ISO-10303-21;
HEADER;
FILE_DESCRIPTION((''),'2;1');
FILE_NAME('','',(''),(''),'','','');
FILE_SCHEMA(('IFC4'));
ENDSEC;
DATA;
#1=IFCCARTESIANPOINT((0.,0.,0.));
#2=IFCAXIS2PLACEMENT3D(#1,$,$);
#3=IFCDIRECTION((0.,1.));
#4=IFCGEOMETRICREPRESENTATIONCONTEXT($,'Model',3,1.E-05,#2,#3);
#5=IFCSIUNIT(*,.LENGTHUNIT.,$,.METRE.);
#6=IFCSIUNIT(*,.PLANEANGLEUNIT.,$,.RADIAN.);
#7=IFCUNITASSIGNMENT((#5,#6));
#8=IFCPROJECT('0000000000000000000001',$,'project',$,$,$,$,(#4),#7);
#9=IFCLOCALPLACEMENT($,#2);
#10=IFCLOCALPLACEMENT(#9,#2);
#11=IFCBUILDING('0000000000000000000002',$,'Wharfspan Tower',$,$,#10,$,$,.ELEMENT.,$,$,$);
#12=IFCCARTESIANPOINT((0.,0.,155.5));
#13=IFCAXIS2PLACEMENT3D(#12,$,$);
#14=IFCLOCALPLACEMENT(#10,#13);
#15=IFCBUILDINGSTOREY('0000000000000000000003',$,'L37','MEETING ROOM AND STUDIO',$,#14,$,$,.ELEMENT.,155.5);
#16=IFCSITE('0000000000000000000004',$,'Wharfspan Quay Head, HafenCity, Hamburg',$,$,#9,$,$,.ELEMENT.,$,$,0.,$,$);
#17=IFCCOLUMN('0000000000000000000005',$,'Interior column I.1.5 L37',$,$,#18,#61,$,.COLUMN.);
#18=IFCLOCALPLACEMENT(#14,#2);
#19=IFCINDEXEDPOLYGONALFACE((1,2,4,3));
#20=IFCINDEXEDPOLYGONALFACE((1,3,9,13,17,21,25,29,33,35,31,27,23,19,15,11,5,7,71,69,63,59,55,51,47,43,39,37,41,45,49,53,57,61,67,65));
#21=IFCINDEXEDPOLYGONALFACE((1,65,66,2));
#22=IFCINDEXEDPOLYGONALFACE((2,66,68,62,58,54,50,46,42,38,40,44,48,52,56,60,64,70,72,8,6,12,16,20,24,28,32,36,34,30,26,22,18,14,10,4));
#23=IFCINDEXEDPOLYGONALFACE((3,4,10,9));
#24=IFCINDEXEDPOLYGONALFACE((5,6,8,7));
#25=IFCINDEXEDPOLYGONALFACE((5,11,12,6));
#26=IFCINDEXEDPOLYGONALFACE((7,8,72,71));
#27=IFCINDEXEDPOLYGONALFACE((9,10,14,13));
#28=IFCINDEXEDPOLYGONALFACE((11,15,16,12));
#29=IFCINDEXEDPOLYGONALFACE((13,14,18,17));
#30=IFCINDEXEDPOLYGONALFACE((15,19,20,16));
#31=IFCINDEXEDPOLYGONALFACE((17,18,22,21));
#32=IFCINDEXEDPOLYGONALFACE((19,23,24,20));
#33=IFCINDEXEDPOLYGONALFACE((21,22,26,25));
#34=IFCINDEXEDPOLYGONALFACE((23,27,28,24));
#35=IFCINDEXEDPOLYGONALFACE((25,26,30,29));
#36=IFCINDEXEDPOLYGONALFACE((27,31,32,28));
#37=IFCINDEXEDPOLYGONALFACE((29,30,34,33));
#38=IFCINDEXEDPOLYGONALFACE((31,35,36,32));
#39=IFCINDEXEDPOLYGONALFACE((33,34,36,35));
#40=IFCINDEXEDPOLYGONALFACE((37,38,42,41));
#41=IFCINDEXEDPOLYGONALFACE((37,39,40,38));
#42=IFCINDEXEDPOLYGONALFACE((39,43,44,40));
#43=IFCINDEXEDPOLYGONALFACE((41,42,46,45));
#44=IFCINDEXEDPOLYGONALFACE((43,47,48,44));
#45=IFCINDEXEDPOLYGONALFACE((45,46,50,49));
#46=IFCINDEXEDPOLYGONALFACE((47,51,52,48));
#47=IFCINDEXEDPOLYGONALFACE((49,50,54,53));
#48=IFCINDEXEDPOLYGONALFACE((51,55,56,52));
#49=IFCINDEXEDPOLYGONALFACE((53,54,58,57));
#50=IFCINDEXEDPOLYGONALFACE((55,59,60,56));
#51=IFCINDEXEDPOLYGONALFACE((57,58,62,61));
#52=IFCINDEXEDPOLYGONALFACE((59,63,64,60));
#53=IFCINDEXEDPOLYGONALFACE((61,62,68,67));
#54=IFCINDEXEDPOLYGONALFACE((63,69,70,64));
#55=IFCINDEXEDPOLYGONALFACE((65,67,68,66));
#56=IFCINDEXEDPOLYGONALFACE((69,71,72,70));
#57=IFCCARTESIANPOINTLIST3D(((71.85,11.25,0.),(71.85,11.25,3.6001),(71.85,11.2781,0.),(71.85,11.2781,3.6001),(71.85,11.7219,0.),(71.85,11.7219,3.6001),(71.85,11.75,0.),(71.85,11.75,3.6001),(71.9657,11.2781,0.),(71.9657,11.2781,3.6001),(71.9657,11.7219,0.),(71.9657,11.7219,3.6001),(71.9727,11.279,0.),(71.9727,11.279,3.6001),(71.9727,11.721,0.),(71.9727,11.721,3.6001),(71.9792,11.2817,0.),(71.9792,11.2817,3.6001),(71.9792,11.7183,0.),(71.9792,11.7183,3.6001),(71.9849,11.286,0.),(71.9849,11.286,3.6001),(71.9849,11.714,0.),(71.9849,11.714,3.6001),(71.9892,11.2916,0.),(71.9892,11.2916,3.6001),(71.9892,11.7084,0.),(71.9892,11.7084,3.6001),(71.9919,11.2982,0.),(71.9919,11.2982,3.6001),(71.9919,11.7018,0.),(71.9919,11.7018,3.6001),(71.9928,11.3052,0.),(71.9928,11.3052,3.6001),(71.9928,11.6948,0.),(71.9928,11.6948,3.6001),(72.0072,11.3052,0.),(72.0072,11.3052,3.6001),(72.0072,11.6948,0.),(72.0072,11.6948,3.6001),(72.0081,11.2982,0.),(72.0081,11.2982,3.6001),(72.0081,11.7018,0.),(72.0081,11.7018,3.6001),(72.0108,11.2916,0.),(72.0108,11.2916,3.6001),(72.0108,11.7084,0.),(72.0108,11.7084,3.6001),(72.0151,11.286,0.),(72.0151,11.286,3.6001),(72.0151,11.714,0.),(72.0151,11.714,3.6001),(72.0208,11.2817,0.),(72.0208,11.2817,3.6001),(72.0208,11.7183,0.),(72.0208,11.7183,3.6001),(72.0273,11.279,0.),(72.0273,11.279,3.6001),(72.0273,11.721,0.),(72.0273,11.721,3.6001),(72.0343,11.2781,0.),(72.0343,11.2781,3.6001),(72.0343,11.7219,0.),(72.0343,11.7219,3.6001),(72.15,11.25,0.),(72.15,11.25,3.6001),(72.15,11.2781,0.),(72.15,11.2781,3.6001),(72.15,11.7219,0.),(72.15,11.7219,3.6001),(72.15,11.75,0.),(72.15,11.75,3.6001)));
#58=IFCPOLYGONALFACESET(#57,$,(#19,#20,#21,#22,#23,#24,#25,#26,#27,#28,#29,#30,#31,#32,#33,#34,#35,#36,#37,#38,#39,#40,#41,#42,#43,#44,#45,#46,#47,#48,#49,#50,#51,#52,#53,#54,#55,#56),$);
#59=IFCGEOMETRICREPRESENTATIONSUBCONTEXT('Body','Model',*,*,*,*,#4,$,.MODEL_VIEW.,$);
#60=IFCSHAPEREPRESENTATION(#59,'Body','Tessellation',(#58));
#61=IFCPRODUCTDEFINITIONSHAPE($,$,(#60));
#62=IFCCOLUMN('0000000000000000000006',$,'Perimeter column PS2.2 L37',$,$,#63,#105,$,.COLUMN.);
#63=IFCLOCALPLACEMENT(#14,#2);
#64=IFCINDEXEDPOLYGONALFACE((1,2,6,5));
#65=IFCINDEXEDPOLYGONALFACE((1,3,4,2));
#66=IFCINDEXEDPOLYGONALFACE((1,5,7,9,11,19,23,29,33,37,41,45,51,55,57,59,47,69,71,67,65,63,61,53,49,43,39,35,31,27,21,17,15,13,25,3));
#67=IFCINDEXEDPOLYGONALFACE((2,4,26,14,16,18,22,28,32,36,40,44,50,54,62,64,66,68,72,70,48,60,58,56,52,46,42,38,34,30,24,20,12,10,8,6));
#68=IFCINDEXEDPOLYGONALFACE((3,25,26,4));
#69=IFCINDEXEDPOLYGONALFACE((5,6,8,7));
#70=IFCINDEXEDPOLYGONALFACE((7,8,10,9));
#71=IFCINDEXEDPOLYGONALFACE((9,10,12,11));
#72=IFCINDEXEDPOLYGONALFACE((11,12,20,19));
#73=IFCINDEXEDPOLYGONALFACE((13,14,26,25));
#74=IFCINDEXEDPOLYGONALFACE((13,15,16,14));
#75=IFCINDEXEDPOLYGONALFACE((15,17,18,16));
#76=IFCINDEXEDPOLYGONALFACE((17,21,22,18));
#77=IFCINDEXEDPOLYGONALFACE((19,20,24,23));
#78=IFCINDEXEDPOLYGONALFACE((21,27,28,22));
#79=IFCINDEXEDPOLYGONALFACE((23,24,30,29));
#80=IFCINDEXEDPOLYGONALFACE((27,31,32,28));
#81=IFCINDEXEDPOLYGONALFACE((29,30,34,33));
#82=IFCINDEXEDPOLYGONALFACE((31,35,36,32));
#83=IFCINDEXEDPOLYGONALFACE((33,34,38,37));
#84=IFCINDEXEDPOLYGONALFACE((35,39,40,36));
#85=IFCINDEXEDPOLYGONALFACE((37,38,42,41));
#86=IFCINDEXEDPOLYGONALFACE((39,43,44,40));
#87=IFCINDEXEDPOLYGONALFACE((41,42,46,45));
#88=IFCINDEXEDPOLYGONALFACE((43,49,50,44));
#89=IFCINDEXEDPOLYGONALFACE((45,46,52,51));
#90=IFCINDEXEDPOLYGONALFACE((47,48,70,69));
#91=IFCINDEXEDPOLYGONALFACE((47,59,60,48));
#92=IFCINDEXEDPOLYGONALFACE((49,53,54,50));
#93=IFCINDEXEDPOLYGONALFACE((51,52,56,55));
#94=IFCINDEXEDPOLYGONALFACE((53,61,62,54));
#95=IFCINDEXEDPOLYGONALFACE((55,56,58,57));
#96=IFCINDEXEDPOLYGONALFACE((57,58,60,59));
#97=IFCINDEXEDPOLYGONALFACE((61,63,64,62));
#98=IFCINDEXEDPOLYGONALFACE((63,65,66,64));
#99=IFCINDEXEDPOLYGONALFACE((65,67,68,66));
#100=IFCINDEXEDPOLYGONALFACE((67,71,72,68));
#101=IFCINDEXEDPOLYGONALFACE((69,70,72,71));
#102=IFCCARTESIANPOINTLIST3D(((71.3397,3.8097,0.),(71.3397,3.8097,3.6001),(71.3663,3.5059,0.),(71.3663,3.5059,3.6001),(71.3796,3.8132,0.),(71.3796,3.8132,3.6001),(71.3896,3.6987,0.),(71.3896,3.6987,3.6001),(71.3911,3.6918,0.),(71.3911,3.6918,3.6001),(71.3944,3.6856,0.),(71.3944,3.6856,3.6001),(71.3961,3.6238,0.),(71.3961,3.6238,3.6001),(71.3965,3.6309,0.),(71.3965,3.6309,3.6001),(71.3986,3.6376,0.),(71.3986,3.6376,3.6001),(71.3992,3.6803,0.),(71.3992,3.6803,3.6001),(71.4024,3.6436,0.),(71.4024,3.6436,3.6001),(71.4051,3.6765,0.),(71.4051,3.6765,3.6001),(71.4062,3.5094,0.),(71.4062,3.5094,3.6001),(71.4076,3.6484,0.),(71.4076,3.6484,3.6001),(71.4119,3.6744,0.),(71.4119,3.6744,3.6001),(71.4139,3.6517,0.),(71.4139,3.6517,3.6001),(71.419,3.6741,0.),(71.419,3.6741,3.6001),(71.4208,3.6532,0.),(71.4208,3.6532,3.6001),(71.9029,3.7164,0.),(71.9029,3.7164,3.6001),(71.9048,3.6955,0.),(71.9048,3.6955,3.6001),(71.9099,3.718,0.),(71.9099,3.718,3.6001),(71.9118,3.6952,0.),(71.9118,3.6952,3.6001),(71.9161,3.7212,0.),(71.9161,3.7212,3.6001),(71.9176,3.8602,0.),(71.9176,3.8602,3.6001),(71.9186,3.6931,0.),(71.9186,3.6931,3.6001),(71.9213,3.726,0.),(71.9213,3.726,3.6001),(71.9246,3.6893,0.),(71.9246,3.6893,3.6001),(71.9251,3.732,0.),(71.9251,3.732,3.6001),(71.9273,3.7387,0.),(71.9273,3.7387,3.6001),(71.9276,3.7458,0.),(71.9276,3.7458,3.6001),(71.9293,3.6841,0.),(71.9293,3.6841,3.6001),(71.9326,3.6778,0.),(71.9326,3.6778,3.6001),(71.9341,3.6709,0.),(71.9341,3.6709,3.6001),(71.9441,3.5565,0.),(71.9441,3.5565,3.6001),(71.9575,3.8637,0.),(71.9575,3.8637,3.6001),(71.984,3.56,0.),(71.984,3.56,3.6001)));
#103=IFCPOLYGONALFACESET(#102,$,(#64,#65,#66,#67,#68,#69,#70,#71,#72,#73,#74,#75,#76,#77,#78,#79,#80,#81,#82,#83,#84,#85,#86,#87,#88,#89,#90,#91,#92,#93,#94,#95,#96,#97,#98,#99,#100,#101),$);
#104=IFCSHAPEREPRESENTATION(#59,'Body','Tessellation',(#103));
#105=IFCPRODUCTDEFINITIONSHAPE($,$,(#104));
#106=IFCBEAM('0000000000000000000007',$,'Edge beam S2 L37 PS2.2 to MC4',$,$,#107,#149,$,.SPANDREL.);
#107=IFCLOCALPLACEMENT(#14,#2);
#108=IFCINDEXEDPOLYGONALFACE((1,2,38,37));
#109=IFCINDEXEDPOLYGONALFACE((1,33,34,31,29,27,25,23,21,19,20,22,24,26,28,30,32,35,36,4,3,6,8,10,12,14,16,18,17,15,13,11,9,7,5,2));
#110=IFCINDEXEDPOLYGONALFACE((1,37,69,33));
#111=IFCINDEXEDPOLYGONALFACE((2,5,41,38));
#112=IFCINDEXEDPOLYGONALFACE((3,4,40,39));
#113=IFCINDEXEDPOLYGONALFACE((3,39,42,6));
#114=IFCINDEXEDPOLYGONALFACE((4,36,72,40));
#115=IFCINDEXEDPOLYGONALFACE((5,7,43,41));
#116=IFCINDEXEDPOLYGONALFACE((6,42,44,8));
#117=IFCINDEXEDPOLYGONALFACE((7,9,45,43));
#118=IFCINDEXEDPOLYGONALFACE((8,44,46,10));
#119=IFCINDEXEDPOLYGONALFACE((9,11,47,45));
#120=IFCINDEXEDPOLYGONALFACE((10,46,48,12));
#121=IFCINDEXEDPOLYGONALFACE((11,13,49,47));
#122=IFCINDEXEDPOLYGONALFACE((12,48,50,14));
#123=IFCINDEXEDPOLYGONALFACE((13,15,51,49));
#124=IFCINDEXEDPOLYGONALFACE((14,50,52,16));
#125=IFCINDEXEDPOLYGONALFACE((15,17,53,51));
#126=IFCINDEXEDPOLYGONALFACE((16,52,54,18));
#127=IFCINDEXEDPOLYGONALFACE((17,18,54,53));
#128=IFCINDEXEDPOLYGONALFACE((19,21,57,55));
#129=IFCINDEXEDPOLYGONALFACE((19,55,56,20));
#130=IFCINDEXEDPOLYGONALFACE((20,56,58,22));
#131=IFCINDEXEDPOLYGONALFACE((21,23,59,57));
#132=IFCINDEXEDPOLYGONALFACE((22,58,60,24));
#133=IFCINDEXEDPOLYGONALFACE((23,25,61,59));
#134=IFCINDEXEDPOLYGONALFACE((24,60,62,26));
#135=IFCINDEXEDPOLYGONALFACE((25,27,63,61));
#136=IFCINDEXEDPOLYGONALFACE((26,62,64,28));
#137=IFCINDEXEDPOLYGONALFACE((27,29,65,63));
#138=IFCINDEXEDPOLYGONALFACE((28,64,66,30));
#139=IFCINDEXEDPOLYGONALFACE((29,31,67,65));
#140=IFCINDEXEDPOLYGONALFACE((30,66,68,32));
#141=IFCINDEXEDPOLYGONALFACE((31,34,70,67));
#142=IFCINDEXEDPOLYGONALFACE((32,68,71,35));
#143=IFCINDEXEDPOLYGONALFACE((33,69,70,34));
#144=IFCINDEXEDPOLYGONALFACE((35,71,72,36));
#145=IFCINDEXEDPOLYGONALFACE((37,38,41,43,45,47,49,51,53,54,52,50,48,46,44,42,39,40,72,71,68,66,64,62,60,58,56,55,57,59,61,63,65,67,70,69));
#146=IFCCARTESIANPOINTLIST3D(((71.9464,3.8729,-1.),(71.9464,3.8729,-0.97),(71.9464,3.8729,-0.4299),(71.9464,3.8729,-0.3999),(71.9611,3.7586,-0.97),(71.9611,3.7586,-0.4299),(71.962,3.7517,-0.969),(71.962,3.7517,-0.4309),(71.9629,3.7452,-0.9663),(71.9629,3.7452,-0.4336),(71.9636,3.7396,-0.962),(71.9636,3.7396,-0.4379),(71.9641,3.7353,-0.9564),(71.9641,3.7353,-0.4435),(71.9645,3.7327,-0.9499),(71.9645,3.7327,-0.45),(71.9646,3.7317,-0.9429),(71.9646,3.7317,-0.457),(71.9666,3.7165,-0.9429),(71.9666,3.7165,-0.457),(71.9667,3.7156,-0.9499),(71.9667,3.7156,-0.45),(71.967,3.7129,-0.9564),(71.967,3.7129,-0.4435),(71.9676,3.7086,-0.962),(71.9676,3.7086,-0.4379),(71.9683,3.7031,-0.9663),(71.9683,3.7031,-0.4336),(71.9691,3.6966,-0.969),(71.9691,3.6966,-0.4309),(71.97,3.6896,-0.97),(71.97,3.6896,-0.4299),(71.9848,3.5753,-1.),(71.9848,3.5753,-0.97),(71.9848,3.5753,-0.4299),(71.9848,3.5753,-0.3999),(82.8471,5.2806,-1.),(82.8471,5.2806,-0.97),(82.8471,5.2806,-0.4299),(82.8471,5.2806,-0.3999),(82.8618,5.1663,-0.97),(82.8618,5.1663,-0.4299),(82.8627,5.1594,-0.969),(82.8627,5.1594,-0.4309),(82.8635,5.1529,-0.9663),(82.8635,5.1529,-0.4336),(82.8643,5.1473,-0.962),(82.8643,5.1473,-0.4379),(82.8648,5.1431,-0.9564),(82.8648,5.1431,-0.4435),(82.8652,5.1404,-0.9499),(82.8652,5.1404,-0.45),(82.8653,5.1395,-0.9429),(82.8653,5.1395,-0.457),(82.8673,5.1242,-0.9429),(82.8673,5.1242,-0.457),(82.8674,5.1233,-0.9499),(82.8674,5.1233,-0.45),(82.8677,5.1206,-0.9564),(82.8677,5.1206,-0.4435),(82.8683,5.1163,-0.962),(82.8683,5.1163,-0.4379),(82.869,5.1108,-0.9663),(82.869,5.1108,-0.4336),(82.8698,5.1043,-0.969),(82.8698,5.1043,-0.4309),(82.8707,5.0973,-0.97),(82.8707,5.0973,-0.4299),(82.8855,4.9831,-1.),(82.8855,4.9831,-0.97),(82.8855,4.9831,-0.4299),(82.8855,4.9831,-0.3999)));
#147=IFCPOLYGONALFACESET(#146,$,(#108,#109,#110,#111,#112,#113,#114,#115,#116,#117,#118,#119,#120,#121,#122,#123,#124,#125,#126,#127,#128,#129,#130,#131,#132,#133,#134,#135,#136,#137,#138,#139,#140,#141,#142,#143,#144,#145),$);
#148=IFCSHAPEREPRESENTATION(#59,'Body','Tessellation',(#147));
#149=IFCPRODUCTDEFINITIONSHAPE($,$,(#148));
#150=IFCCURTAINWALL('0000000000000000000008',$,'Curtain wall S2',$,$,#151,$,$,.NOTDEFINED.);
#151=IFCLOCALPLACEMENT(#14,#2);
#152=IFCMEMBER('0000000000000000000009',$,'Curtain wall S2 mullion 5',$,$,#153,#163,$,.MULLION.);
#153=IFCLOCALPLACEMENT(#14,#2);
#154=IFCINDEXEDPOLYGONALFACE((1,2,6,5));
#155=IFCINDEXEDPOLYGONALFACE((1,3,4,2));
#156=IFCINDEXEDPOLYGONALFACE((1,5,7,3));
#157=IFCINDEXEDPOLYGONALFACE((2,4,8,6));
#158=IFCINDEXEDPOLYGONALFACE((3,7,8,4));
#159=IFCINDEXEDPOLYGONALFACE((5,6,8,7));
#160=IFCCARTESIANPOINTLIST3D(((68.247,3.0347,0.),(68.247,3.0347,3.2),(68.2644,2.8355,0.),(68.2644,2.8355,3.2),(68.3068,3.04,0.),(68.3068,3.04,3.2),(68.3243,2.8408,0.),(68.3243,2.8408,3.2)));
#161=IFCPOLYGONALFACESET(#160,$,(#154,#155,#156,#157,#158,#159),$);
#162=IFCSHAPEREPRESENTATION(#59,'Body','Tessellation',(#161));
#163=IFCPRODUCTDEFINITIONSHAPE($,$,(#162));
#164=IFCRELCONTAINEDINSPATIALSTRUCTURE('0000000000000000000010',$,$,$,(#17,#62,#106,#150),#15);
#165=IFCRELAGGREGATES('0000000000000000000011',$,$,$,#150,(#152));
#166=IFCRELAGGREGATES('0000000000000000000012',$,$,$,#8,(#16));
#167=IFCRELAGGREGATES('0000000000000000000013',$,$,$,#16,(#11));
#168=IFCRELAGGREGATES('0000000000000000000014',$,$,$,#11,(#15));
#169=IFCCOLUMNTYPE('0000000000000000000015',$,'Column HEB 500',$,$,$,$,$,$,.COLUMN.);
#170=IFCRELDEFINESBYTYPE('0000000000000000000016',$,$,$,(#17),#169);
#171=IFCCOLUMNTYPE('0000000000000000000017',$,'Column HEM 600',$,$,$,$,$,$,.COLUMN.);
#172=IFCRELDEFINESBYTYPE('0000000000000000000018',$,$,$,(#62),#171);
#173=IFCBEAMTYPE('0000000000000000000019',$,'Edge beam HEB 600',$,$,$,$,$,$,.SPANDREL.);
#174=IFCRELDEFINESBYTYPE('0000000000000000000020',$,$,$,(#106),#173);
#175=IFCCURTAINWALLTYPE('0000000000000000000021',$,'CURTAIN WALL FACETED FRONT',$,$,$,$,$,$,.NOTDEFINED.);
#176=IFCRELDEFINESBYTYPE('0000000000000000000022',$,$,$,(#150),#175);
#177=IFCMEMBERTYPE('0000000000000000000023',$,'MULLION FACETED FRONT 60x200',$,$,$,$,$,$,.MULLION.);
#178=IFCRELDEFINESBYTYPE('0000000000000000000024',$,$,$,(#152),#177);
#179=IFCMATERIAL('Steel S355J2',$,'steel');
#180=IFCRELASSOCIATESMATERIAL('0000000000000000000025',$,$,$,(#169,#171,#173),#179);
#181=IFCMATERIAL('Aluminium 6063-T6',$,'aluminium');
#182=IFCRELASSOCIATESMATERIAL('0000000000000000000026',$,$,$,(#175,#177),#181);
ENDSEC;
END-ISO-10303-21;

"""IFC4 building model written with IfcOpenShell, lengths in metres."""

from ifc_helpers import new_model, si_unit, direction, frame, origin, origin_2d, place, context, subcontext, project, spatial, rectangle, i_section, extrude, material, material_profile, profile_set, type_object, element, aggregate, save


model = new_model("IFC4")

# Units and contexts
model_context = context("Model", 3, precision=1e-05, world=origin(), true_north=direction((0.0, 1.0)))
body_context = subcontext(model_context, "Body", "Model", "MODEL_VIEW")
ifc_project = project(units=[si_unit("LENGTHUNIT", "METRE"), si_unit("PLANEANGLEUNIT", "RADIAN")], contexts=[model_context])

# Site, building, storey
site_placement = place(None, origin())
site = spatial("IfcSite", under=ifc_project, at=site_placement, Name="Wharfspan Quay Head, HafenCity, Hamburg", CompositionType="ELEMENT", RefElevation=0.0)
building_placement = place(site_placement, origin())
building = spatial("IfcBuilding", under=site, at=building_placement, Name="Wharfspan Tower", CompositionType="ELEMENT")
storey_placement = place(building_placement, frame((0.0, 0.0, 155.5)))
storey = spatial("IfcBuildingStorey", under=building, at=storey_placement, Name="L37", Description="MEETING ROOM AND STUDIO", CompositionType="ELEMENT", Elevation=155.5)

# Columns
ifc_material_1 = material(Name="Steel S355J2", Category="steel")
ifc_material_profile_1 = material_profile(ifc_material_1, i_section(OverallWidth=0.3, OverallDepth=0.5, WebThickness=0.0144, FlangeThickness=0.0281, FilletRadius=0.0271, at=origin_2d()))
ifc_profile_set_1 = profile_set([ifc_material_profile_1], Name="Steel S355J2")
column_type_1 = type_object("IfcColumnType", Name="Column HEB 500", PredefinedType="COLUMN", material=ifc_profile_set_1)
column_1_placement = place(storey_placement, frame((72.0, 11.5, 0.0), z_axis=(0.0, 0.0, 1.0), x_axis=(1.0, 0.0, 0.0)))
element("IfcColumn", 1, at=column_1_placement, inside=storey, type_object=column_type_1, Name="Interior column I.1.5 L37", PredefinedType="COLUMN", context=body_context, shape_type="SweptSolid", body=[
    extrude(i_section(OverallWidth=0.3, OverallDepth=0.5, WebThickness=0.0144, FlangeThickness=0.0281, FilletRadius=0.0271, at=origin_2d()), origin(), (0.0, 0.0, 1.0), 3.6001),
])
ifc_material_profile_2 = material_profile(ifc_material_1, i_section(OverallWidth=0.3049, OverallDepth=0.6201, WebThickness=0.021, FlangeThickness=0.04, FilletRadius=0.0271, at=origin_2d()))
ifc_profile_set_2 = profile_set([ifc_material_profile_2], Name="Steel S355J2")
column_type_2 = type_object("IfcColumnType", Name="Column HEM 600", PredefinedType="COLUMN", material=ifc_profile_set_2)
column_2_placement = place(storey_placement, frame((71.6619, 3.6848, 0.0), z_axis=(0.0, 0.0, 1.0), x_axis=(0.087156, -0.996198, 0.0)))
element("IfcColumn", 2, at=column_2_placement, inside=storey, type_object=column_type_2, Name="Perimeter column PS2.2 L37", PredefinedType="COLUMN", context=body_context, shape_type="SweptSolid", body=[
    extrude(i_section(OverallWidth=0.3049, OverallDepth=0.6201, WebThickness=0.021, FlangeThickness=0.04, FilletRadius=0.0271, at=origin_2d()), origin(), (0.0, 0.0, 1.0), 3.6001),
])

# Beam
ifc_material_profile_3 = material_profile(ifc_material_1, i_section(OverallWidth=0.3, OverallDepth=0.6001, WebThickness=0.0154, FlangeThickness=0.03, FilletRadius=0.0271, at=origin_2d()))
ifc_profile_set_3 = profile_set([ifc_material_profile_3], Name="Steel S355J2")
beam_type = type_object("IfcBeamType", Name="Edge beam HEB 600", PredefinedType="SPANDREL", material=ifc_profile_set_3)
beam_placement = place(storey_placement, frame((71.9656, 3.7241, -0.7), z_axis=(0.991764, 0.128077, 0.0), x_axis=(-0.128077, 0.991764, 0.0)))
element("IfcBeam", 3, at=beam_placement, inside=storey, type_object=beam_type, Name="Edge beam S2 L37 PS2.2 to MC4", PredefinedType="SPANDREL", context=body_context, shape_type="SweptSolid", body=[
    extrude(i_section(OverallWidth=0.3, OverallDepth=0.6001, WebThickness=0.0154, FlangeThickness=0.03, FilletRadius=0.0271, at=origin_2d()), origin(), (0.0, 0.0, 1.0), 10.9912),
])

# Curtain wall, member
ifc_material_2 = material(Name="Aluminium 6063-T6", Category="aluminium")
curtain_wall_type = type_object("IfcCurtainWallType", Name="CURTAIN WALL FACETED FRONT", PredefinedType="NOTDEFINED", material=ifc_material_2)
curtain_wall_placement = place(storey_placement, origin())
curtain_wall = element("IfcCurtainWall", 4, at=curtain_wall_placement, inside=storey, type_object=curtain_wall_type, Name="Curtain wall S2", PredefinedType="NOTDEFINED")
ifc_material_profile_4 = material_profile(ifc_material_2, rectangle(XDim=0.2, YDim=0.0601, at=origin_2d()))
ifc_profile_set_4 = profile_set([ifc_material_profile_4], Name="Aluminium 6063-T6")
member_type_1 = type_object("IfcMemberType", Name="MULLION FACETED FRONT 60x200", PredefinedType="MULLION", material=ifc_profile_set_4)
member_1_placement = place(storey_placement, frame((68.2856, 2.9377, 0.0), z_axis=(0.0, 0.0, 1.0), x_axis=(-0.087156, 0.996198, 0.0)))
member_1 = element("IfcMember", 5, at=member_1_placement, type_object=member_type_1, Name="Curtain wall S2 mullion 5", PredefinedType="MULLION", context=body_context, shape_type="SweptSolid", body=[
    extrude(rectangle(XDim=0.2, YDim=0.0601, at=origin_2d()), origin(), (0.0, 0.0, 1.0), 3.2),
])

aggregate(curtain_wall, [member_1])

save(model, "model.ifc")
